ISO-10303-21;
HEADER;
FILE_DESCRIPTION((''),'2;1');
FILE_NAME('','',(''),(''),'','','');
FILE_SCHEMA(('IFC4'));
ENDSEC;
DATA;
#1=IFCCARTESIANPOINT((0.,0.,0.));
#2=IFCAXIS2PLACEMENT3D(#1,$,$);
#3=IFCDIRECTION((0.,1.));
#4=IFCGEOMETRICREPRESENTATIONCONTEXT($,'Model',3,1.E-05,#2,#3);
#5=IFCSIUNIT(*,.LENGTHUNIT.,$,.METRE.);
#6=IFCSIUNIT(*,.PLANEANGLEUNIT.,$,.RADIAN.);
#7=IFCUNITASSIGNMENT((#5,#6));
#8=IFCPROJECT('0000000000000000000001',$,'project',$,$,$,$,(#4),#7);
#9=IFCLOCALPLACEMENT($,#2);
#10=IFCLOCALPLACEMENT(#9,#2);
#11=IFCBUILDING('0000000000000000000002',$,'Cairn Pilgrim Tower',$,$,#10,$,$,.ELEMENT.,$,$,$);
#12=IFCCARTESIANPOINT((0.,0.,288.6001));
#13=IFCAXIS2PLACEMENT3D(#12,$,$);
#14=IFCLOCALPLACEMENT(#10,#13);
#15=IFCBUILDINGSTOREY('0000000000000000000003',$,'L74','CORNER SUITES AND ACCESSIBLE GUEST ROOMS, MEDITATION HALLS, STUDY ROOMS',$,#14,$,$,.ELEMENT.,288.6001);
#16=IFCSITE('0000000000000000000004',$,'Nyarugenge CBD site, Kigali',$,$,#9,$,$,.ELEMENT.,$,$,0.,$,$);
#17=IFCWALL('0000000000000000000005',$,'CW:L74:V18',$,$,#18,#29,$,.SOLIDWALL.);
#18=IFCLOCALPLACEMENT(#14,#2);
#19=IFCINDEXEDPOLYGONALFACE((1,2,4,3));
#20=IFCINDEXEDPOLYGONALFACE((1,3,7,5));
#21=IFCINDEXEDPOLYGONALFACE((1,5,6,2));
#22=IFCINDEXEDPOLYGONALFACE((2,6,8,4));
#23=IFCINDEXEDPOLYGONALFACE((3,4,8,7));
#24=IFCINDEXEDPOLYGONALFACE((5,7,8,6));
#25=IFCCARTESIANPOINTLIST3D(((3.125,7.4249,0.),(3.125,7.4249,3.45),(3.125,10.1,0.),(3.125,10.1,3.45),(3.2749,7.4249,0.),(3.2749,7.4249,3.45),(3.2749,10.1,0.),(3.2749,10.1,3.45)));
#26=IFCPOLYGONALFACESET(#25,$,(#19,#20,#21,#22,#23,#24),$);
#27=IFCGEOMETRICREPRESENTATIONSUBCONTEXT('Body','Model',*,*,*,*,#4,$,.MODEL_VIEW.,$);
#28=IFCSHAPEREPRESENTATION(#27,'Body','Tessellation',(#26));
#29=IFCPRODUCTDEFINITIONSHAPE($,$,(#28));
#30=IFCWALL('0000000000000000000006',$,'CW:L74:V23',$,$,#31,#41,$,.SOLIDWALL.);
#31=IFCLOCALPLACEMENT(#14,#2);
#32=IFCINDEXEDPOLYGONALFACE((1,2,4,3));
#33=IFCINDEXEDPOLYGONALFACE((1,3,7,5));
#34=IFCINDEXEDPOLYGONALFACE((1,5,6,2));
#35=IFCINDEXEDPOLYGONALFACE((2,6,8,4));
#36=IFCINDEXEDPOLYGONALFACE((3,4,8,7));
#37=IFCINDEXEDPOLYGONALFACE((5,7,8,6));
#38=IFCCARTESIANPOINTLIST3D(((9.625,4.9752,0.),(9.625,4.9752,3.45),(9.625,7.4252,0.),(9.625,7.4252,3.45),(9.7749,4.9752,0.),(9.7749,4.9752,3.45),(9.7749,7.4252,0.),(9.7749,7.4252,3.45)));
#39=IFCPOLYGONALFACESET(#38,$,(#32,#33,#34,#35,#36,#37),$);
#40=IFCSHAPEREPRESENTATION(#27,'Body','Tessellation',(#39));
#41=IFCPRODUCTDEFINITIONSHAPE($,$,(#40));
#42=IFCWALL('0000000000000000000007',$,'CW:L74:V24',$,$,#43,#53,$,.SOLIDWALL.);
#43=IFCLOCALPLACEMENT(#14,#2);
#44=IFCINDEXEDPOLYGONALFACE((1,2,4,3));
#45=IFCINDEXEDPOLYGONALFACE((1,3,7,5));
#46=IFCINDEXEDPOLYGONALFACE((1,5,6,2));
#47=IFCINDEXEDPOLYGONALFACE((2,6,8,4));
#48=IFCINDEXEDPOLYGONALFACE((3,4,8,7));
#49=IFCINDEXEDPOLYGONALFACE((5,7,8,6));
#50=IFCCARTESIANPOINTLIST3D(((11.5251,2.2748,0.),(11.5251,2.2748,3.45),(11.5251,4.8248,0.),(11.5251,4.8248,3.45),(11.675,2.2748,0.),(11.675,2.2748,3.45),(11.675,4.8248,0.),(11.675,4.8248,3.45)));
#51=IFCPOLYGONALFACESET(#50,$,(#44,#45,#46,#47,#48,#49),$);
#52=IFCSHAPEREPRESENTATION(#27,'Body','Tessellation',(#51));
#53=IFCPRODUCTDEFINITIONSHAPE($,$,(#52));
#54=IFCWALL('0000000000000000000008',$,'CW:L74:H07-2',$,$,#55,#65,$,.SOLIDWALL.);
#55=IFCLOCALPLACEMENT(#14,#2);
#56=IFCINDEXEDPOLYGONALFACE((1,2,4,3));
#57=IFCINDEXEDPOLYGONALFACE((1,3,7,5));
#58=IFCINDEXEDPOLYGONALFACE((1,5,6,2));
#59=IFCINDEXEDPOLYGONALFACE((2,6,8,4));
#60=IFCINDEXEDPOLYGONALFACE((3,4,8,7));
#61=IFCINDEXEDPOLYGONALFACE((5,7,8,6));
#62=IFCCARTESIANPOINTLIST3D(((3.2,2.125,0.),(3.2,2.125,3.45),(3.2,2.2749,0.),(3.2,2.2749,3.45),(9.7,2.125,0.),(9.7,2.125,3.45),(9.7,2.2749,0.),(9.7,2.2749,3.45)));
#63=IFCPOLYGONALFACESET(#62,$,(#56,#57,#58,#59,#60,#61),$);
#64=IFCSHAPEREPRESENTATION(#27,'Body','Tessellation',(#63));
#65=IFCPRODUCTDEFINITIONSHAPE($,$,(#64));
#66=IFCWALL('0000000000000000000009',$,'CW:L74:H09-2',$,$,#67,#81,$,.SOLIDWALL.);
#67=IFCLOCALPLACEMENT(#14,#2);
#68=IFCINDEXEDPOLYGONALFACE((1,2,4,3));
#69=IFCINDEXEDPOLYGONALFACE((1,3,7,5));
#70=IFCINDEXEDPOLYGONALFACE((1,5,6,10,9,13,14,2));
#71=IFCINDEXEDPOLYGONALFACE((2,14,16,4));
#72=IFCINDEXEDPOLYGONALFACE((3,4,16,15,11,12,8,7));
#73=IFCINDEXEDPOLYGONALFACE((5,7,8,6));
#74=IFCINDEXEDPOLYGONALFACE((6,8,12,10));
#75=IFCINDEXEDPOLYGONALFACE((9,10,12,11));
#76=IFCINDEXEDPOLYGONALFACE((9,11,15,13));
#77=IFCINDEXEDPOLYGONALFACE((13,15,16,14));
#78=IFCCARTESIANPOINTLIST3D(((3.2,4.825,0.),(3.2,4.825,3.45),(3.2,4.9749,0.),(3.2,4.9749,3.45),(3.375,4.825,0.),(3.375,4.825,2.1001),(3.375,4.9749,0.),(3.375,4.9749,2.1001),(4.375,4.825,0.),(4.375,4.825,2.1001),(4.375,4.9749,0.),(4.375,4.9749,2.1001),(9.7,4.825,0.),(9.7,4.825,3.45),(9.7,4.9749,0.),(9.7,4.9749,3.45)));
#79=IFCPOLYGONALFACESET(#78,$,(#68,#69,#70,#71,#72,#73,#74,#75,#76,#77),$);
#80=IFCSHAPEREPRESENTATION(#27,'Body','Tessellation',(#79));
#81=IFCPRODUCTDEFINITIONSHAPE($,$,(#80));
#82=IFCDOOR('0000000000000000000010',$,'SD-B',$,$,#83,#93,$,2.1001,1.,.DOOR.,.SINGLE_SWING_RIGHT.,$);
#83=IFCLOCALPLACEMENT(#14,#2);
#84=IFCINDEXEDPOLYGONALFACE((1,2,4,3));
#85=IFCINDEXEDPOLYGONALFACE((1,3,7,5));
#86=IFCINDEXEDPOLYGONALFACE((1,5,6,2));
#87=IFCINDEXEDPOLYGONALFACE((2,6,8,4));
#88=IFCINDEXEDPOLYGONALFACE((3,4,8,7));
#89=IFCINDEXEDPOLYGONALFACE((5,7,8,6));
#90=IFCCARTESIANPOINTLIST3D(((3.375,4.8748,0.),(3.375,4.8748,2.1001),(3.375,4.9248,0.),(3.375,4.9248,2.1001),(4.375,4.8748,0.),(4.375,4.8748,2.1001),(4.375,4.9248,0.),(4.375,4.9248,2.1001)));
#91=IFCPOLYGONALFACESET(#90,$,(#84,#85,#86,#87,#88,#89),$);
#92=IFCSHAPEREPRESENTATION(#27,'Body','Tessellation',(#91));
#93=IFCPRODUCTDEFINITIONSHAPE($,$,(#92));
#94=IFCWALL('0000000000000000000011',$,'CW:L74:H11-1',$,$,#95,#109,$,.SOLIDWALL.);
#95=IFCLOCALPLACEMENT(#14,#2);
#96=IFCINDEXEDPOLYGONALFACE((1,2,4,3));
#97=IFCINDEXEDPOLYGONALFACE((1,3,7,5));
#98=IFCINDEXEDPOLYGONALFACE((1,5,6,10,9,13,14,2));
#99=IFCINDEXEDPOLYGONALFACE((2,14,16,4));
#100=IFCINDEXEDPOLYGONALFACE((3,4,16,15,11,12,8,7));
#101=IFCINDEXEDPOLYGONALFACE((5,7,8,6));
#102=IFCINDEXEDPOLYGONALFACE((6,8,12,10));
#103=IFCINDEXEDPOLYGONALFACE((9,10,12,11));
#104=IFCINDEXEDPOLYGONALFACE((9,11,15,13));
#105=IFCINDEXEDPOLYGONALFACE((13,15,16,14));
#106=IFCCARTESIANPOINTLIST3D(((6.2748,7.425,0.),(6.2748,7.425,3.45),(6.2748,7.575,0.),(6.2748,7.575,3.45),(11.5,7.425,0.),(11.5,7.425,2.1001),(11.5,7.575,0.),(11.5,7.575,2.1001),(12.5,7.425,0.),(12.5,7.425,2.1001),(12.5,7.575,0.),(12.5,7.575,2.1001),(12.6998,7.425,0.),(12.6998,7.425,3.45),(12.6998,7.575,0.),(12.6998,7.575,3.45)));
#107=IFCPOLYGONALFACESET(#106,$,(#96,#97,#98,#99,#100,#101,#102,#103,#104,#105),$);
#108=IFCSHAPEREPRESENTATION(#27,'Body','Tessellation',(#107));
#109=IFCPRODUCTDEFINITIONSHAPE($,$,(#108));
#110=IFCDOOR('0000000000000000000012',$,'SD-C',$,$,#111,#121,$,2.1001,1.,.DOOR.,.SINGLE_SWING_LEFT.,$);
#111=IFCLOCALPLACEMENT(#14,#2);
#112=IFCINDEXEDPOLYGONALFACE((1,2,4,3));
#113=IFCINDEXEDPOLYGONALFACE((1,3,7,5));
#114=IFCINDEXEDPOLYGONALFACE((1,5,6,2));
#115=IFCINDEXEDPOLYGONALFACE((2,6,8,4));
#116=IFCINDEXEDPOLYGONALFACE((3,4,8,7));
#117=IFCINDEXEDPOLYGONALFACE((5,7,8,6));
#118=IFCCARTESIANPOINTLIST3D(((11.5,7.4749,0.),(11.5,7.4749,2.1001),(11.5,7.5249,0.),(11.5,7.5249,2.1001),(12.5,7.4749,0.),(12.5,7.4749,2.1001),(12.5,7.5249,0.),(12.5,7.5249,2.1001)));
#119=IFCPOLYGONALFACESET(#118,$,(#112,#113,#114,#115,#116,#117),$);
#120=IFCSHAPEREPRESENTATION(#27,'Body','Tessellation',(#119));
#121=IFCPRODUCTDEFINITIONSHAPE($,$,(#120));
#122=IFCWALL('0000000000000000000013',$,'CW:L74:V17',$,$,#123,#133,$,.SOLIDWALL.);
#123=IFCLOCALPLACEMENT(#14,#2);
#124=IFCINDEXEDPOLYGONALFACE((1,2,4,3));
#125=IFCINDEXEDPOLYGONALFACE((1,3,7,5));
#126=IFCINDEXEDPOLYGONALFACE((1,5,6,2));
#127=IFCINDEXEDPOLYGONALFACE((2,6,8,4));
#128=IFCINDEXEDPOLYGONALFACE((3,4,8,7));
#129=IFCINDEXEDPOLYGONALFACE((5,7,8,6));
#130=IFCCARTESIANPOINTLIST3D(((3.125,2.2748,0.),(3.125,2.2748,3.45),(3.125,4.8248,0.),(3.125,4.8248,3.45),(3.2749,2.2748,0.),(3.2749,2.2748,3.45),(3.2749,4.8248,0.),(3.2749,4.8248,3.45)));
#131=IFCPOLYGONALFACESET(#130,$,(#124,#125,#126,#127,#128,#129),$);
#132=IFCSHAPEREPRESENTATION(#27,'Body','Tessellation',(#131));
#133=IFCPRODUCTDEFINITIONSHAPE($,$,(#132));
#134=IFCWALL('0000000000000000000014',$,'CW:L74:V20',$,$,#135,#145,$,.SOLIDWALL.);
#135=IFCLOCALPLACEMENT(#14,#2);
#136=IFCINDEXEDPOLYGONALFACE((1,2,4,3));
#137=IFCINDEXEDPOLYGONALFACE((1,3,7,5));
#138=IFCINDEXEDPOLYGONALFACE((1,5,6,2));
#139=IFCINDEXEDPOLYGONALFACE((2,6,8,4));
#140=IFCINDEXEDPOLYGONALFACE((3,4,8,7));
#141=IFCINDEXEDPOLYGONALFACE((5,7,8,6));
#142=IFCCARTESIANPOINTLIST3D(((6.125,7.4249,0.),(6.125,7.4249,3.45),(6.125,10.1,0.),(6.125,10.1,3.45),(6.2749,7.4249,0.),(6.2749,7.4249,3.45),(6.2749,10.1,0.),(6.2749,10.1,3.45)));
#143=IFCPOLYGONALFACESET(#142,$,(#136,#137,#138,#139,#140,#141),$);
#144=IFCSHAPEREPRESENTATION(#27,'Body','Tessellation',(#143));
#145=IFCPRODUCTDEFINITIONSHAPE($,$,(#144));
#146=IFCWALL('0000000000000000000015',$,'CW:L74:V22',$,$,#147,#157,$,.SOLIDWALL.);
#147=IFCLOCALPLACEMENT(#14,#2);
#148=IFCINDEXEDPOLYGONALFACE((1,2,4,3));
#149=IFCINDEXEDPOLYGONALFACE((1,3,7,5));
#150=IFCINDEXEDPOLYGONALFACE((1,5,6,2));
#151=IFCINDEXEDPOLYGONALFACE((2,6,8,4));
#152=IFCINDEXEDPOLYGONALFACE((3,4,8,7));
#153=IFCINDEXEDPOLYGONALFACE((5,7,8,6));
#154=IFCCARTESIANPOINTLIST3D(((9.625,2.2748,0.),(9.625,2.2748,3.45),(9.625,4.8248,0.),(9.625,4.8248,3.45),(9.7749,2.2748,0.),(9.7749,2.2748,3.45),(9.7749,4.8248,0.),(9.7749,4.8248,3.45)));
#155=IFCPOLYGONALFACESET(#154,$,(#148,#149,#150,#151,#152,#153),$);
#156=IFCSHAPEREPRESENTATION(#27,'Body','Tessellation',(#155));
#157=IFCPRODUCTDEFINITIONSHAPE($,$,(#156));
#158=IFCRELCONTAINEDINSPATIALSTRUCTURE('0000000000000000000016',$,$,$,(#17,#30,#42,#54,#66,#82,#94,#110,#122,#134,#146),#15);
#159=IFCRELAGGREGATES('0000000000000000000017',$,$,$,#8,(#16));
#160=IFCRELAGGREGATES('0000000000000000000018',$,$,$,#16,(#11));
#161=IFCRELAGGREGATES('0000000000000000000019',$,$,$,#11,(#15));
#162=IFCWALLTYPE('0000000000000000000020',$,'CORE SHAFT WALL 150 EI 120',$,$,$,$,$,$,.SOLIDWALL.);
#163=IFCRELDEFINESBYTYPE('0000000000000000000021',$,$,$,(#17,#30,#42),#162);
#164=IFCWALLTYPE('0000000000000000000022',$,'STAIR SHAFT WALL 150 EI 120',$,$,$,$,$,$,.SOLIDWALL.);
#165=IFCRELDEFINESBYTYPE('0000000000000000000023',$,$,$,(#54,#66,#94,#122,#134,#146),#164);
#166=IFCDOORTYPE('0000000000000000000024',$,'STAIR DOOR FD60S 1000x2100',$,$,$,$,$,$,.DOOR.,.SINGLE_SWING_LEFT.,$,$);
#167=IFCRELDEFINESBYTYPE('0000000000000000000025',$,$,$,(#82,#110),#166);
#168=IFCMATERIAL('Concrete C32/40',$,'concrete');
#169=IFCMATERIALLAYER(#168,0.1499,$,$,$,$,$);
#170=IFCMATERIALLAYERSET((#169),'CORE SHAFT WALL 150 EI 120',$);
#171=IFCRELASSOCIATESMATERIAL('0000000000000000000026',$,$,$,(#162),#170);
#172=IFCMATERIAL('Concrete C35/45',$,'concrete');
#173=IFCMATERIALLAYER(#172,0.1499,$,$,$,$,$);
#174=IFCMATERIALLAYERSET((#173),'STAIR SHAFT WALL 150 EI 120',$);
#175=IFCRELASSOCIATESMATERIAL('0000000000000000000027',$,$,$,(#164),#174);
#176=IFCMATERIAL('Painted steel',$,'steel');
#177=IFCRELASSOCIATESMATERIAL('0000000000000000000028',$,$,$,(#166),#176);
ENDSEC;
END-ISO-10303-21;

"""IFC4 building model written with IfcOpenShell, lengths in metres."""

from ifc_helpers import new_model, si_unit, direction, frame, frame_2d, origin, place, context, subcontext, project, spatial, rectangle, extrude, material, layer, layer_set, type_object, element, fill, save


model = new_model("IFC4")

# Units and contexts
model_context = context("Model", 3, precision=1e-05, world=origin(), true_north=direction((0.0, 1.0)))
body_context = subcontext(model_context, "Body", "Model", "MODEL_VIEW")
ifc_project = project(units=[si_unit("LENGTHUNIT", "METRE"), si_unit("PLANEANGLEUNIT", "RADIAN")], contexts=[model_context])

# Site, building, storey
site_placement = place(None, origin())
site = spatial("IfcSite", under=ifc_project, at=site_placement, Name="Nyarugenge CBD site, Kigali", CompositionType="ELEMENT", RefElevation=0.0)
building_placement = place(site_placement, origin())
building = spatial("IfcBuilding", under=site, at=building_placement, Name="Cairn Pilgrim Tower", CompositionType="ELEMENT")
storey_placement = place(building_placement, frame((0.0, 0.0, 288.6001)))
storey = spatial("IfcBuildingStorey", under=building, at=storey_placement, Name="L74", Description="CORNER SUITES AND ACCESSIBLE GUEST ROOMS, MEDITATION HALLS, STUDY ROOMS", CompositionType="ELEMENT", Elevation=288.6001)

# Shared definitions
ifc_material_1 = material(Name="Concrete C32/40", Category="concrete")

# Shared definitions
ifc_layer_1 = layer(ifc_material_1, 0.1499)
ifc_layer_set_1 = layer_set([ifc_layer_1], Name="CORE SHAFT WALL 150 EI 120")
wall_type_1 = type_object("IfcWallType", Name="CORE SHAFT WALL 150 EI 120", PredefinedType="SOLIDWALL", material=ifc_layer_set_1)

# Shared definitions
ifc_material_2 = material(Name="Painted steel", Category="steel")

# Walls
wall_1_placement = place(storey_placement, frame((3.2, 7.425, 0.0), z_axis=(0.0, 0.0, 1.0), x_axis=(0.0, 1.0, 0.0)))
element("IfcWall", 1, at=wall_1_placement, inside=storey, type_object=wall_type_1, Name="CW:L74:V18", PredefinedType="SOLIDWALL", context=body_context, shape_type="SweptSolid", body=[
    extrude(rectangle(XDim=2.675, YDim=0.1499, at=frame_2d((1.3374, 0.0))), origin(), (0.0, 0.0, 1.0), 3.45),
])
wall_2_placement = place(storey_placement, frame((9.7, 4.9751, 0.0), z_axis=(0.0, 0.0, 1.0), x_axis=(0.0, 1.0, 0.0)))
element("IfcWall", 2, at=wall_2_placement, inside=storey, type_object=wall_type_1, Name="CW:L74:V23", PredefinedType="SOLIDWALL", context=body_context, shape_type="SweptSolid", body=[
    extrude(rectangle(XDim=2.45, YDim=0.1499, at=frame_2d((1.2251, 0.0))), origin(), (0.0, 0.0, 1.0), 3.45),
])
wall_3_placement = place(storey_placement, frame((11.6001, 2.2749, 0.0), z_axis=(0.0, 0.0, 1.0), x_axis=(0.0, 1.0, 0.0)))
element("IfcWall", 3, at=wall_3_placement, inside=storey, type_object=wall_type_1, Name="CW:L74:V24", PredefinedType="SOLIDWALL", context=body_context, shape_type="SweptSolid", body=[
    extrude(rectangle(XDim=2.55, YDim=0.1499, at=frame_2d((1.2749, 0.0))), origin(), (0.0, 0.0, 1.0), 3.45),
])
ifc_material_3 = material(Name="Concrete C35/45", Category="concrete")
ifc_layer_2 = layer(ifc_material_3, 0.1499)
ifc_layer_set_2 = layer_set([ifc_layer_2], Name="STAIR SHAFT WALL 150 EI 120")
wall_type_2 = type_object("IfcWallType", Name="STAIR SHAFT WALL 150 EI 120", PredefinedType="SOLIDWALL", material=ifc_layer_set_2)
wall_4_placement = place(storey_placement, frame((3.2, 2.2, 0.0), z_axis=(0.0, 0.0, 1.0), x_axis=(1.0, 0.0, 0.0)))
element("IfcWall", 4, at=wall_4_placement, inside=storey, type_object=wall_type_2, Name="CW:L74:H07-2", PredefinedType="SOLIDWALL", context=body_context, shape_type="SweptSolid", body=[
    extrude(rectangle(XDim=6.5, YDim=0.1499, at=frame_2d((3.25, 0.0))), origin(), (0.0, 0.0, 1.0), 3.45),
])

# Walls, openings, doors
wall_5_placement = place(storey_placement, frame((3.2, 4.8999, 0.0), z_axis=(0.0, 0.0, 1.0), x_axis=(1.0, 0.0, 0.0)))
wall_5 = element("IfcWall", 5, at=wall_5_placement, inside=storey, type_object=wall_type_2, Name="CW:L74:H09-2", PredefinedType="SOLIDWALL", context=body_context, shape_type="SweptSolid", body=[
    extrude(rectangle(XDim=6.5, YDim=0.1499, at=frame_2d((3.25, 0.0))), origin(), (0.0, 0.0, 1.0), 3.45),
])
opening_1_placement = place(wall_5_placement, frame((0.175, 0.0, 0.0)))
opening_1 = element("IfcOpeningElement", 6, at=opening_1_placement, cuts=wall_5, PredefinedType="OPENING", context=body_context, shape_type="SweptSolid", body=[
    extrude(rectangle(XDim=1.0, YDim=2.1001, at=frame_2d((0.5, 1.05))), frame((0.0, 0.085, 0.0), z_axis=(0.0, -1.0, 0.0), x_axis=(1.0, 0.0, 0.0)), (0.0, 0.0, 1.0), 0.1699),
])
door_type_1 = type_object("IfcDoorType", Name="STAIR DOOR FD60S 1000x2100", OperationType="SINGLE_SWING_LEFT", PredefinedType="DOOR", material=ifc_material_2)
door_1_placement = place(opening_1_placement, origin())
door_1 = element("IfcDoor", 7, at=door_1_placement, inside=storey, type_object=door_type_1, Name="SD-B", OperationType="SINGLE_SWING_RIGHT", OverallHeight=2.1001, OverallWidth=1.0, PredefinedType="DOOR", context=body_context, shape_type="SweptSolid", body=[
    extrude(rectangle(XDim=1.0, YDim=2.1001, at=frame_2d((0.5, 1.05))), frame((0.0, 0.0249, 0.0), z_axis=(0.0, -1.0, 0.0), x_axis=(1.0, 0.0, 0.0)), (0.0, 0.0, 1.0), 0.05),
])
fill(opening_1, door_1)
wall_6_placement = place(storey_placement, frame((6.2749, 7.5, 0.0), z_axis=(0.0, 0.0, 1.0), x_axis=(1.0, 0.0, 0.0)))
wall_6 = element("IfcWall", 8, at=wall_6_placement, inside=storey, type_object=wall_type_2, Name="CW:L74:H11-1", PredefinedType="SOLIDWALL", context=body_context, shape_type="SweptSolid", body=[
    extrude(rectangle(XDim=6.425, YDim=0.1499, at=frame_2d((3.2124, 0.0))), origin(), (0.0, 0.0, 1.0), 3.45),
])
opening_2_placement = place(wall_6_placement, frame((5.2251, 0.0, 0.0)))
opening_2 = element("IfcOpeningElement", 9, at=opening_2_placement, cuts=wall_6, PredefinedType="OPENING", context=body_context, shape_type="SweptSolid", body=[
    extrude(rectangle(XDim=1.0, YDim=2.1001, at=frame_2d((0.5, 1.05))), frame((0.0, 0.085, 0.0), z_axis=(0.0, -1.0, 0.0), x_axis=(1.0, 0.0, 0.0)), (0.0, 0.0, 1.0), 0.1699),
])
door_2_placement = place(opening_2_placement, origin())
door_2 = element("IfcDoor", 10, at=door_2_placement, inside=storey, type_object=door_type_1, Name="SD-C", OperationType="SINGLE_SWING_LEFT", OverallHeight=2.1001, OverallWidth=1.0, PredefinedType="DOOR", context=body_context, shape_type="SweptSolid", body=[
    extrude(rectangle(XDim=1.0, YDim=2.1001, at=frame_2d((0.5, 1.05))), frame((0.0, 0.0249, 0.0), z_axis=(0.0, -1.0, 0.0), x_axis=(1.0, 0.0, 0.0)), (0.0, 0.0, 1.0), 0.05),
])
fill(opening_2, door_2)

# Walls
wall_7_placement = place(storey_placement, frame((3.2, 2.2749, 0.0), z_axis=(0.0, 0.0, 1.0), x_axis=(0.0, 1.0, 0.0)))
element("IfcWall", 11, at=wall_7_placement, inside=storey, type_object=wall_type_2, Name="CW:L74:V17", PredefinedType="SOLIDWALL", context=body_context, shape_type="SweptSolid", body=[
    extrude(rectangle(XDim=2.55, YDim=0.1499, at=frame_2d((1.2749, 0.0))), origin(), (0.0, 0.0, 1.0), 3.45),
])
wall_8_placement = place(storey_placement, frame((6.2, 7.425, 0.0), z_axis=(0.0, 0.0, 1.0), x_axis=(0.0, 1.0, 0.0)))
element("IfcWall", 12, at=wall_8_placement, inside=storey, type_object=wall_type_2, Name="CW:L74:V20", PredefinedType="SOLIDWALL", context=body_context, shape_type="SweptSolid", body=[
    extrude(rectangle(XDim=2.675, YDim=0.1499, at=frame_2d((1.3374, 0.0))), origin(), (0.0, 0.0, 1.0), 3.45),
])
wall_9_placement = place(storey_placement, frame((9.7, 2.2749, 0.0), z_axis=(0.0, 0.0, 1.0), x_axis=(0.0, 1.0, 0.0)))
element("IfcWall", 13, at=wall_9_placement, inside=storey, type_object=wall_type_2, Name="CW:L74:V22", PredefinedType="SOLIDWALL", context=body_context, shape_type="SweptSolid", body=[
    extrude(rectangle(XDim=2.55, YDim=0.1499, at=frame_2d((1.2749, 0.0))), origin(), (0.0, 0.0, 1.0), 3.45),
])

save(model, "model.ifc")
